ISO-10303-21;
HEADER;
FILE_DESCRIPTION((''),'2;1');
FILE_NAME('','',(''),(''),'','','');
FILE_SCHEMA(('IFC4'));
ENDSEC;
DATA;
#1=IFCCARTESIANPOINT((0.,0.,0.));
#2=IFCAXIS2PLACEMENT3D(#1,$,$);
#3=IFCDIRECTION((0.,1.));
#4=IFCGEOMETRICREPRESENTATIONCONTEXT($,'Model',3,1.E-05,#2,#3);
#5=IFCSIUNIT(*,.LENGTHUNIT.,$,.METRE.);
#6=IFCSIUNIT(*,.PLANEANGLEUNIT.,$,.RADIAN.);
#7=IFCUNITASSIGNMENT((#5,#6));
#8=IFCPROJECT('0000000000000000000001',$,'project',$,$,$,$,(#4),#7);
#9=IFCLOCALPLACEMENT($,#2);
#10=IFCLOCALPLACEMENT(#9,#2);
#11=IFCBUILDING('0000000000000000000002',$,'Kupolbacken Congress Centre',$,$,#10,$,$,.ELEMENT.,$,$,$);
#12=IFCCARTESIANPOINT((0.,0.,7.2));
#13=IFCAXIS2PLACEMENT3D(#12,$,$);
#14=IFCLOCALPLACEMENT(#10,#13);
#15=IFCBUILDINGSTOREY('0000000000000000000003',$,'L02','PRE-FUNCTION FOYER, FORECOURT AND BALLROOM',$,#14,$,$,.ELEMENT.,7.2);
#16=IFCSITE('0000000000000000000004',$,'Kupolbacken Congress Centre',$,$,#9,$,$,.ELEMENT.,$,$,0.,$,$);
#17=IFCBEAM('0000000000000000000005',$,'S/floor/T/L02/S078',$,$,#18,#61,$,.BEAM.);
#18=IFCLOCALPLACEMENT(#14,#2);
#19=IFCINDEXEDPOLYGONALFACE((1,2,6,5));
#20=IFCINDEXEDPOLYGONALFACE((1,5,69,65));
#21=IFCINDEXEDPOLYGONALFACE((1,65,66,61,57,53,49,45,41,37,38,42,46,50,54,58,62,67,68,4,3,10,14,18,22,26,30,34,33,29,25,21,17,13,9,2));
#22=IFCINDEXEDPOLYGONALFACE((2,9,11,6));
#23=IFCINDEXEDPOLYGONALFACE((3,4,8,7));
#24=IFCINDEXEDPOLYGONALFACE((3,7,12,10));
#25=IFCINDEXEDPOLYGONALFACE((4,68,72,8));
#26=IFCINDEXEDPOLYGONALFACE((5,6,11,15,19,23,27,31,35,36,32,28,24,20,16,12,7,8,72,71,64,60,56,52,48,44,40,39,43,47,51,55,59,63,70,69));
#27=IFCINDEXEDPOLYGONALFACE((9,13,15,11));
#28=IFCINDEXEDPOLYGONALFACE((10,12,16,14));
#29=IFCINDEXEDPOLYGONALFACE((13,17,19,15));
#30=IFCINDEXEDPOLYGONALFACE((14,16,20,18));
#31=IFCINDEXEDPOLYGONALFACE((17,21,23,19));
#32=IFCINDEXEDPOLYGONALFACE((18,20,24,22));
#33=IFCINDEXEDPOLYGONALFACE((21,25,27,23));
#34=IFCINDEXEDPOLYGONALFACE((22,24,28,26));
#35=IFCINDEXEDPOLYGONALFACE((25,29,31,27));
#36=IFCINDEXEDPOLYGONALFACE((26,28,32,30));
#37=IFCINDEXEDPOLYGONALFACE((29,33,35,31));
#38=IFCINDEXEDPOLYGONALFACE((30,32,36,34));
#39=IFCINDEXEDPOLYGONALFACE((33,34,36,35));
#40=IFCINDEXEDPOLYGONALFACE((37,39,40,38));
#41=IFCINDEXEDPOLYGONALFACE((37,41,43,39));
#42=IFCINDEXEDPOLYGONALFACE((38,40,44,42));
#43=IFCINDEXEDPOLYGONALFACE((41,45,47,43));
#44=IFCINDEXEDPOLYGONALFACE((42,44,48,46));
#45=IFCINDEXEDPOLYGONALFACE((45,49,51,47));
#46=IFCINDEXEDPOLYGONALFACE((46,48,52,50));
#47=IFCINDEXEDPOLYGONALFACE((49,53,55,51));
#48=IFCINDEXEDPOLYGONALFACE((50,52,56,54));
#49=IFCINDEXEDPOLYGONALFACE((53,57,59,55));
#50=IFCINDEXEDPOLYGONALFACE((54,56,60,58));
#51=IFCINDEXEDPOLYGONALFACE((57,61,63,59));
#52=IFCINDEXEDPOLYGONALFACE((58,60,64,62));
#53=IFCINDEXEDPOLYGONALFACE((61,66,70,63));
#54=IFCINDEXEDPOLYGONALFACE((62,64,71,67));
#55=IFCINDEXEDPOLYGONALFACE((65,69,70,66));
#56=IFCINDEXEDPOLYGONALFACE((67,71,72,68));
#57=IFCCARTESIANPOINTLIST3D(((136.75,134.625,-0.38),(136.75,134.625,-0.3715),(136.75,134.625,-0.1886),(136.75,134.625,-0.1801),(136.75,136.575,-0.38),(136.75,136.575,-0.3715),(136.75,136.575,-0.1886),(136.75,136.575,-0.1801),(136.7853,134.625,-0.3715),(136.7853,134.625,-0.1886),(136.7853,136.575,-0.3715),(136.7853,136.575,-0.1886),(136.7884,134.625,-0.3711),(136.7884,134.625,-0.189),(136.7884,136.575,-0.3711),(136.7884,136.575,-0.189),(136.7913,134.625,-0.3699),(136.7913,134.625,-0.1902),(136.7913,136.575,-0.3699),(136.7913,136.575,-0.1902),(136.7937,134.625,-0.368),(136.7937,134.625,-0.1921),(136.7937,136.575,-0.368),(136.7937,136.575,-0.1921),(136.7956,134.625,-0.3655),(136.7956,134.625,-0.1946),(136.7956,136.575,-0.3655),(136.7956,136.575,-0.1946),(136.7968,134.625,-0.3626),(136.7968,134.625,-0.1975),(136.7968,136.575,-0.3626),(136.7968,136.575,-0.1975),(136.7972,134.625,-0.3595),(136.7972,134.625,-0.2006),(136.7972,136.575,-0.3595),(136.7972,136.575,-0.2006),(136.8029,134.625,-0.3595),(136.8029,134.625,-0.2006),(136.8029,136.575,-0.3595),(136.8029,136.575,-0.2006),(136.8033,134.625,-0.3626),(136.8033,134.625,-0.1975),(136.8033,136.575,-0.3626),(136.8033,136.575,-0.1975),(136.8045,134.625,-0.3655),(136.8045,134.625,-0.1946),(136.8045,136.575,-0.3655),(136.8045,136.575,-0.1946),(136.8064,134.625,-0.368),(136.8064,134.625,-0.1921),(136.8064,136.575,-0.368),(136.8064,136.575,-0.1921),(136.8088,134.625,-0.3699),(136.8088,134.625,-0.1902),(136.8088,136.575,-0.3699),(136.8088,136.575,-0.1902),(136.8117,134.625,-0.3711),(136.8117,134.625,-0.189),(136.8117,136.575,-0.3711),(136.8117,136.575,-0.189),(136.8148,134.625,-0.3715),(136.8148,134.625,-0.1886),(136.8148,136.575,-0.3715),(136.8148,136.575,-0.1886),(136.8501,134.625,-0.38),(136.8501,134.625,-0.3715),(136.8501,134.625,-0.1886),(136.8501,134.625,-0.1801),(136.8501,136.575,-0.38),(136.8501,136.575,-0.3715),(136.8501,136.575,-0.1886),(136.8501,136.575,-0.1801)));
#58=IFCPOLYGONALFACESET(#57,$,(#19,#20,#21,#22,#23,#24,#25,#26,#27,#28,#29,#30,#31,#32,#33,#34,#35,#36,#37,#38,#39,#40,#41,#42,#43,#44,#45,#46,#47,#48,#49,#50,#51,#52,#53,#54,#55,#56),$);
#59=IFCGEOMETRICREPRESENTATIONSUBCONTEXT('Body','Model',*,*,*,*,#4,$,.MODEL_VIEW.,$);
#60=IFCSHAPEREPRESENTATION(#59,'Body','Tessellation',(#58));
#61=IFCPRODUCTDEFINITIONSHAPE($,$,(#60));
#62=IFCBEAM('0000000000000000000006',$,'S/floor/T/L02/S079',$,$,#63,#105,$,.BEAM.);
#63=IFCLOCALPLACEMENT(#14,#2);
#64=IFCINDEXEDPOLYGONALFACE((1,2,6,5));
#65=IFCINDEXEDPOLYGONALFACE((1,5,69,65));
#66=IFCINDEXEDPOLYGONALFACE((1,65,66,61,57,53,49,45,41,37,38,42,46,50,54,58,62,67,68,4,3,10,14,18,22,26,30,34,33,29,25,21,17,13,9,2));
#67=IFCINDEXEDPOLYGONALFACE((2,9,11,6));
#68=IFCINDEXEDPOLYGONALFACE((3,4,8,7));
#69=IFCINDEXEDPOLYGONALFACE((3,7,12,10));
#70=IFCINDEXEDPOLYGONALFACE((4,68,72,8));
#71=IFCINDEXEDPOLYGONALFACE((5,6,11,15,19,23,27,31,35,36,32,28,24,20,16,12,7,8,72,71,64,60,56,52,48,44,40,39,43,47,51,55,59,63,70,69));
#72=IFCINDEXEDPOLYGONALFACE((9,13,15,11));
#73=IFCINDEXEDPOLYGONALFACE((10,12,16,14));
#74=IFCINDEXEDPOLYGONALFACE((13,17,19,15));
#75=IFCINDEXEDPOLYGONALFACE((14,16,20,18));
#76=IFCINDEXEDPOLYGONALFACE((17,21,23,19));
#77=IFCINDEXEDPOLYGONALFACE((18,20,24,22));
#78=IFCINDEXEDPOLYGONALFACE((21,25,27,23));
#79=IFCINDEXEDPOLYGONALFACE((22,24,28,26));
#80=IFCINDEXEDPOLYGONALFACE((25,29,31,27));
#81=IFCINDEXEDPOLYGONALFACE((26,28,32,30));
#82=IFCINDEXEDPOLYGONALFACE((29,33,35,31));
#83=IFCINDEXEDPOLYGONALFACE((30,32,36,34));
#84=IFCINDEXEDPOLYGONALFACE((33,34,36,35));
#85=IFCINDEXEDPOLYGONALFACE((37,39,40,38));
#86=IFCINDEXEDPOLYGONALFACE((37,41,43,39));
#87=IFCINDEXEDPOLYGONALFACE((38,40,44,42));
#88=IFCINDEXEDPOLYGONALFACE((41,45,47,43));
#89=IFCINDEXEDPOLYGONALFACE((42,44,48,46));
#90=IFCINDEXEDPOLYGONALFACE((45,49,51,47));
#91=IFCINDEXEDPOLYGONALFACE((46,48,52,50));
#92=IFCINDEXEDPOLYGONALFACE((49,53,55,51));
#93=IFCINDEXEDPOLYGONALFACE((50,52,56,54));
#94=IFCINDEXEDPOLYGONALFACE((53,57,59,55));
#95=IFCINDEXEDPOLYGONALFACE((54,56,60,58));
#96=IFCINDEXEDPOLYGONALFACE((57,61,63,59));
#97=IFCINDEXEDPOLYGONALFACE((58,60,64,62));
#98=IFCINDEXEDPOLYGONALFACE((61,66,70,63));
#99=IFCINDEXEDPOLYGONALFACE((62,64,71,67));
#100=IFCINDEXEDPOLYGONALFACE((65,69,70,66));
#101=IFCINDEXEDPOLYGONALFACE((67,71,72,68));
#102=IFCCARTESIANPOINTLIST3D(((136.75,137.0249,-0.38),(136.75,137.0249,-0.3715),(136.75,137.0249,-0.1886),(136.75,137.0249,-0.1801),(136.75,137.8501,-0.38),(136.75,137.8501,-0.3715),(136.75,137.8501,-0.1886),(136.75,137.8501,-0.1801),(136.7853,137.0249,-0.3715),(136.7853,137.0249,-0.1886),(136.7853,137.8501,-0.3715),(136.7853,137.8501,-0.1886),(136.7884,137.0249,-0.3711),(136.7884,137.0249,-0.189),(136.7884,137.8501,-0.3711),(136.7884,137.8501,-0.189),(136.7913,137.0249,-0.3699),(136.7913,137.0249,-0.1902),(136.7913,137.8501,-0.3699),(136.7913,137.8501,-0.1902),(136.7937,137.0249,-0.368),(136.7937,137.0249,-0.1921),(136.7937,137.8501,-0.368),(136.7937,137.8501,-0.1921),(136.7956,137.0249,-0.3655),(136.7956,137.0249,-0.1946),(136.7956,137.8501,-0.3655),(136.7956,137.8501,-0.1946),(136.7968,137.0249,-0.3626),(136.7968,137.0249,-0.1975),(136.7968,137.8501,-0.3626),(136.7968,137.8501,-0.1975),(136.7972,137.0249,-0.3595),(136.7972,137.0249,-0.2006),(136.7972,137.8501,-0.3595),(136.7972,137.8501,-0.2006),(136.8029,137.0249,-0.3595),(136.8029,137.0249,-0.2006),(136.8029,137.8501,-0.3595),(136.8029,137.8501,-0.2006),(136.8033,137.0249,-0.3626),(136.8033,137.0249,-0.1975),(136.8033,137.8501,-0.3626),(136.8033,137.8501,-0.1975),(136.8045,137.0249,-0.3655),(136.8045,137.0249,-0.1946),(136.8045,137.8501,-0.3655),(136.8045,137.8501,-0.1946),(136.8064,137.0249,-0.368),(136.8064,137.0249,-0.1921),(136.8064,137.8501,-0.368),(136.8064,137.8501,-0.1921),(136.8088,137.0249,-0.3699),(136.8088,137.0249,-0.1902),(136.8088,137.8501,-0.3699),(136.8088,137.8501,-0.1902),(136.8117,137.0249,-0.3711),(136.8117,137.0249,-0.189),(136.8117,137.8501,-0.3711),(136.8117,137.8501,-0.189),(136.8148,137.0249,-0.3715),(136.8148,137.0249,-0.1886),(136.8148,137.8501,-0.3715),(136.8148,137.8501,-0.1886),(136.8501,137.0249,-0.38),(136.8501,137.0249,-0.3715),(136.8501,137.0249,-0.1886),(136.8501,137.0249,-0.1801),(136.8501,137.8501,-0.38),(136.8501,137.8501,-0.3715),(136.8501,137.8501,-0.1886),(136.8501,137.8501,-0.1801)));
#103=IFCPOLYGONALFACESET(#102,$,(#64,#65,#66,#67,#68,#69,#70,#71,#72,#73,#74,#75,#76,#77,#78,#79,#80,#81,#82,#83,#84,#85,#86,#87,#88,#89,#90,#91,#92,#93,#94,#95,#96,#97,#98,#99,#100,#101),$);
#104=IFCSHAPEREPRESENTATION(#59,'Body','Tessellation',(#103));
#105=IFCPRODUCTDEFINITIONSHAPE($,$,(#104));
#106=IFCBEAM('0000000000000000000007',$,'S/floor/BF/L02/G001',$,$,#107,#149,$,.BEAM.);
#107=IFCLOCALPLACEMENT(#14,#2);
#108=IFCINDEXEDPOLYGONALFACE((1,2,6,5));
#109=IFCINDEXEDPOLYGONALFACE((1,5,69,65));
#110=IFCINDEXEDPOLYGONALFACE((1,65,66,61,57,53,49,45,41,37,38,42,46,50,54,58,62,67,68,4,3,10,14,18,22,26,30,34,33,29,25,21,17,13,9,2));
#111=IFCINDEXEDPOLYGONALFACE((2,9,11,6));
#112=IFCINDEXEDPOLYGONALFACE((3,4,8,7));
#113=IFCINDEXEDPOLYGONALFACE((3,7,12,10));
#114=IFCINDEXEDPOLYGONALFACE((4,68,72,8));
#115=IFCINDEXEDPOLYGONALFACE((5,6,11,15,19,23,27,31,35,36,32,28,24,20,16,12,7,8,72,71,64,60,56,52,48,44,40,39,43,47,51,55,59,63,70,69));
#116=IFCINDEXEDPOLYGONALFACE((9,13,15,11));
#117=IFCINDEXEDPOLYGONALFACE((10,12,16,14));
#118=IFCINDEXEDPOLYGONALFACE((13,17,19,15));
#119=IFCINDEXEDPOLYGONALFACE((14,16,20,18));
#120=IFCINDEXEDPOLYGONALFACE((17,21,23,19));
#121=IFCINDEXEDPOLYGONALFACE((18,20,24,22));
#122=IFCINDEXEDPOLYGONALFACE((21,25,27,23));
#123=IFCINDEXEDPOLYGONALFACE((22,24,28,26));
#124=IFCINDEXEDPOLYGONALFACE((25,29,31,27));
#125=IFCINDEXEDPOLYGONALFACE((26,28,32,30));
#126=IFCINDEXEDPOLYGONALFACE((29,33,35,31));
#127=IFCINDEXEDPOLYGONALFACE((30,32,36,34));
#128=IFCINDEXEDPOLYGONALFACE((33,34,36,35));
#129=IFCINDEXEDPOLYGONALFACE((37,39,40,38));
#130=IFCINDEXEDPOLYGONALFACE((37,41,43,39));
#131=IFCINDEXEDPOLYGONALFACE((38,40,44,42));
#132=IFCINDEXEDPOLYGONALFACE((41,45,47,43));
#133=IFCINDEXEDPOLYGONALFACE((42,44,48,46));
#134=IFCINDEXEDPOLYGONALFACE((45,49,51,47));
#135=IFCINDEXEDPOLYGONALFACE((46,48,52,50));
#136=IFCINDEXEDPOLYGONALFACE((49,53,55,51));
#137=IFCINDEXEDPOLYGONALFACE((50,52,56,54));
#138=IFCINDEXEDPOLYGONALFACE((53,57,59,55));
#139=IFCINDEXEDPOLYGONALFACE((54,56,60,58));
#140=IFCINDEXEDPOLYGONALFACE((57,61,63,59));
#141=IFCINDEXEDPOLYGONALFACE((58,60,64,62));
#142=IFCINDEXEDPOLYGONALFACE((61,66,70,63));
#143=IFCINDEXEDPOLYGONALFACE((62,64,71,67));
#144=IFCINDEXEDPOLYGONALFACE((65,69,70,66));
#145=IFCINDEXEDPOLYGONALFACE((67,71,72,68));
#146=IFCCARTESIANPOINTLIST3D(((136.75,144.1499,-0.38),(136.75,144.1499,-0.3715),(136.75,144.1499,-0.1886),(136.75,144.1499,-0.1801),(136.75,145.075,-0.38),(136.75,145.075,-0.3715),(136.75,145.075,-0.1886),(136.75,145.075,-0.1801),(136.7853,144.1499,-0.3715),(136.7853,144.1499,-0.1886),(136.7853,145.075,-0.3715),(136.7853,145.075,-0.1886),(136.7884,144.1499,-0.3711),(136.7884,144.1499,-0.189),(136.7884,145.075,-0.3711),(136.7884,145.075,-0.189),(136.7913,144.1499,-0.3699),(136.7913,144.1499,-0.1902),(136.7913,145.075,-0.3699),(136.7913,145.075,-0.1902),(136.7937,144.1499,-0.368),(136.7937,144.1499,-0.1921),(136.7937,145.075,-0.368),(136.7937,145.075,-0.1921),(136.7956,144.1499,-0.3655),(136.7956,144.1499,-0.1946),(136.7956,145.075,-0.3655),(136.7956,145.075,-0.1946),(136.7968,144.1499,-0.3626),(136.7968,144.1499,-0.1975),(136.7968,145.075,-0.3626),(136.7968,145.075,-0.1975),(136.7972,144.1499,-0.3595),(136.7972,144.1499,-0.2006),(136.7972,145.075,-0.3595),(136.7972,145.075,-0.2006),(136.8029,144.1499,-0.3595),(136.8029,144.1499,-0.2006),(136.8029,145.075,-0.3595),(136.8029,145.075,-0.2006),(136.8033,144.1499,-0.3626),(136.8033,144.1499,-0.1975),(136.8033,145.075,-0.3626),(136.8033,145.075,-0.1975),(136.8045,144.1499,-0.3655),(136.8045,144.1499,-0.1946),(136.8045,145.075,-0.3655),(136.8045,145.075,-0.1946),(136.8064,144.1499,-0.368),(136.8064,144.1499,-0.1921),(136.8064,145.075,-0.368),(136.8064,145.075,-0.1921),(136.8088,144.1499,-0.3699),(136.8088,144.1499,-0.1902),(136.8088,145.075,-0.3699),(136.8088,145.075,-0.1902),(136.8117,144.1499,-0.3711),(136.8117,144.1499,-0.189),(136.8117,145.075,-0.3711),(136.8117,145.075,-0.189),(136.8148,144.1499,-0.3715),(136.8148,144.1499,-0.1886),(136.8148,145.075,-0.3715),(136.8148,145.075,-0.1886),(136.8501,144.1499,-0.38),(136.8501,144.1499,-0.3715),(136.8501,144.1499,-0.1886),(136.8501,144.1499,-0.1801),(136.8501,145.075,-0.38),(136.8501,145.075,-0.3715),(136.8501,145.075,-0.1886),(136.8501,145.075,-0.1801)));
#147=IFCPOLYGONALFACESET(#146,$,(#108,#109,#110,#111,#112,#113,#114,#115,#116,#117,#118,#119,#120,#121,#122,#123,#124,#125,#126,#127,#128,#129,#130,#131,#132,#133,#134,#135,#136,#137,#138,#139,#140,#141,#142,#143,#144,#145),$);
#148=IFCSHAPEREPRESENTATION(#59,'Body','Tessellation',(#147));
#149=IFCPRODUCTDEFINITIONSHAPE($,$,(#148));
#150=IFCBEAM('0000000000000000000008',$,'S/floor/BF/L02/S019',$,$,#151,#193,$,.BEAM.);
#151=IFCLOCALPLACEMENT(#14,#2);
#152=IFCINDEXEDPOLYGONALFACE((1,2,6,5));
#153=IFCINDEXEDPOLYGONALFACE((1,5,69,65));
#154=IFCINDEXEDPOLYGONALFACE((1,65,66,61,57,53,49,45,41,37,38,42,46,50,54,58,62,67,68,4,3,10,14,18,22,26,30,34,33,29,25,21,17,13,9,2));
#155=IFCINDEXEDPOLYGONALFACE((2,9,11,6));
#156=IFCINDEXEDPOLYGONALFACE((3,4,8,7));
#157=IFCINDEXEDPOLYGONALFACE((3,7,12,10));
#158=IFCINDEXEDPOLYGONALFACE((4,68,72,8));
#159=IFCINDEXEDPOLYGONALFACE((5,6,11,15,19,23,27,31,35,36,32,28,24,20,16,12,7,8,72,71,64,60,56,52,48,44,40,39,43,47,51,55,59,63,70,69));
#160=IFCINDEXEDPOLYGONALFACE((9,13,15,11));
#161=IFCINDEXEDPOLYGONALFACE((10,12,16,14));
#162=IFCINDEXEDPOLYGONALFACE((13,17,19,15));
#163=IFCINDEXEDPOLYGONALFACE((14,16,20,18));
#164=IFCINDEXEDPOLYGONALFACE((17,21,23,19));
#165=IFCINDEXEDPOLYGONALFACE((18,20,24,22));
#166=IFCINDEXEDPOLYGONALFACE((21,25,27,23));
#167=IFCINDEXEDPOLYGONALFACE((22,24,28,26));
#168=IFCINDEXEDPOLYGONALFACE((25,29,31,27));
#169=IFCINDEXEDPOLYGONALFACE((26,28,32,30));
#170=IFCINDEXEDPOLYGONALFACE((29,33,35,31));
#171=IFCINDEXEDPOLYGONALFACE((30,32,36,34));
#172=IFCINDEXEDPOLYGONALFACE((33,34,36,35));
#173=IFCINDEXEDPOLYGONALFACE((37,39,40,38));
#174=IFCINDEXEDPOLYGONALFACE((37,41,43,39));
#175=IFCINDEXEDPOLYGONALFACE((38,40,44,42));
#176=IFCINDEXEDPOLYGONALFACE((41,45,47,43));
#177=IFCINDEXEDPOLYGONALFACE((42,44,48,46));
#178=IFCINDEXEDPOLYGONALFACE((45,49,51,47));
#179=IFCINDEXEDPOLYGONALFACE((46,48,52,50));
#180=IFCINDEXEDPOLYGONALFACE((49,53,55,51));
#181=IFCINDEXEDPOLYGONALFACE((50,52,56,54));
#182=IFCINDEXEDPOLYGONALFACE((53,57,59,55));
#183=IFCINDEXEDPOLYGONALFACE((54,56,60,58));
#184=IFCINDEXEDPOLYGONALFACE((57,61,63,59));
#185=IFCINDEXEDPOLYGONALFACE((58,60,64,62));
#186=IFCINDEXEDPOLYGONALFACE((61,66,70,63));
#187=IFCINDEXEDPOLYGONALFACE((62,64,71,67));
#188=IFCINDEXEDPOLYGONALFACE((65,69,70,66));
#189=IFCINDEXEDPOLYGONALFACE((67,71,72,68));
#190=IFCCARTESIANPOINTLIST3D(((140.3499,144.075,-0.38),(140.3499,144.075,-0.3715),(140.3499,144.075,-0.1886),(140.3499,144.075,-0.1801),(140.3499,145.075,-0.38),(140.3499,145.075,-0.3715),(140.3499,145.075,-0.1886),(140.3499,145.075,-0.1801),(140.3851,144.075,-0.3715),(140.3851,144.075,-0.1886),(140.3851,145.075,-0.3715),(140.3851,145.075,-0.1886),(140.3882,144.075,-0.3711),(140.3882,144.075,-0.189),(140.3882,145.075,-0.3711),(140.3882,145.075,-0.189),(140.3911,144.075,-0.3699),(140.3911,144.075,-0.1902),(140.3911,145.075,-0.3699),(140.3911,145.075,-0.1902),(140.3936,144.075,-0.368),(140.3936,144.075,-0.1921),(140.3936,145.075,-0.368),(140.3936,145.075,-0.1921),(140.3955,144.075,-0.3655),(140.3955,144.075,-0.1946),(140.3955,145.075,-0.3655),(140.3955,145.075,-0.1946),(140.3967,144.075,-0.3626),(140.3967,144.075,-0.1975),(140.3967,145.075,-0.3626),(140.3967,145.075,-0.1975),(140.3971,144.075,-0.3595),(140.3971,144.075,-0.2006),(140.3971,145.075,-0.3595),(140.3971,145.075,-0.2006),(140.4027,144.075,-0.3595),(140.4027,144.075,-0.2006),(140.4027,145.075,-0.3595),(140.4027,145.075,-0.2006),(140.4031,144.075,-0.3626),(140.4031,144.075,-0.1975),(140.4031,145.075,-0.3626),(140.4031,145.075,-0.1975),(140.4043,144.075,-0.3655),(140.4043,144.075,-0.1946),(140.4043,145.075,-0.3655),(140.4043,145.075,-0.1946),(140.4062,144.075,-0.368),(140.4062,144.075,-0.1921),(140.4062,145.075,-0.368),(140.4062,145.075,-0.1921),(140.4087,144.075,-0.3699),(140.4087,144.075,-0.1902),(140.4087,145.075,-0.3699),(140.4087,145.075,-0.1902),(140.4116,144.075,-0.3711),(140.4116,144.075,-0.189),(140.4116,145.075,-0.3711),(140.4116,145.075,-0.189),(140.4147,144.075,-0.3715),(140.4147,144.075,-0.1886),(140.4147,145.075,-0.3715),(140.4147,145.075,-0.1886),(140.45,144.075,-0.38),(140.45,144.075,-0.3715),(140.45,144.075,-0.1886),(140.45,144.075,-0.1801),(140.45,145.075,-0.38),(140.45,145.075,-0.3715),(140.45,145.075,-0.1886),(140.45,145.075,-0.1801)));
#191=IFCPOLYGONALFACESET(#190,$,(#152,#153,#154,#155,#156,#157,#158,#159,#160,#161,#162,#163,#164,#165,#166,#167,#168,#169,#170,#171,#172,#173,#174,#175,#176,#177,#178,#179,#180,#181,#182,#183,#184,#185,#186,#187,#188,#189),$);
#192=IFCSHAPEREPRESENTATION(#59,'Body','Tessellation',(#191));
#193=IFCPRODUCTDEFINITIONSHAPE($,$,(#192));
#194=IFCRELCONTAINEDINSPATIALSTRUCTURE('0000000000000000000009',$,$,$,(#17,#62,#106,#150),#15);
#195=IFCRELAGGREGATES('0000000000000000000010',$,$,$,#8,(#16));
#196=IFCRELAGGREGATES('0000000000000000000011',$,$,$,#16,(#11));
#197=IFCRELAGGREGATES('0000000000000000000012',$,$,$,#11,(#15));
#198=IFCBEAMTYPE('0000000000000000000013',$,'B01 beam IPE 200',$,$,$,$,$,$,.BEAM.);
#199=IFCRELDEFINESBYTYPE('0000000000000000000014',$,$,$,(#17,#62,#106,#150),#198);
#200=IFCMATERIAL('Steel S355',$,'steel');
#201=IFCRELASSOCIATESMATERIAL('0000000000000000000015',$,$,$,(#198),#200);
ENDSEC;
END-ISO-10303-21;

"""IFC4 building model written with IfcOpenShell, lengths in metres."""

from ifc_helpers import new_model, si_unit, direction, frame, origin, origin_2d, place, context, subcontext, project, spatial, i_section, extrude, material, material_profile, profile_set, type_object, element, save


model = new_model("IFC4")

# Units and contexts
model_context = context("Model", 3, precision=1e-05, world=origin(), true_north=direction((0.0, 1.0)))
body_context = subcontext(model_context, "Body", "Model", "MODEL_VIEW")
ifc_project = project(units=[si_unit("LENGTHUNIT", "METRE"), si_unit("PLANEANGLEUNIT", "RADIAN")], contexts=[model_context])

# Site, building, storey
site_placement = place(None, origin())
site = spatial("IfcSite", under=ifc_project, at=site_placement, Name="Kupolbacken Congress Centre", CompositionType="ELEMENT", RefElevation=0.0)
building_placement = place(site_placement, origin())
building = spatial("IfcBuilding", under=site, at=building_placement, Name="Kupolbacken Congress Centre", CompositionType="ELEMENT")
storey_placement = place(building_placement, frame((0.0, 0.0, 7.2)))
storey = spatial("IfcBuildingStorey", under=building, at=storey_placement, Name="L02", Description="PRE-FUNCTION FOYER, FORECOURT AND BALLROOM", CompositionType="ELEMENT", Elevation=7.2)

# Beams
ifc_material_1 = material(Name="Steel S355", Category="steel")
ifc_material_profile_1 = material_profile(ifc_material_1, i_section(OverallWidth=0.1001, OverallDepth=0.2, WebThickness=0.0056, FlangeThickness=0.0085, FilletRadius=0.012, at=origin_2d()), Name="IPE 200")
ifc_profile_set_1 = profile_set([ifc_material_profile_1], Name="Steel S355")
beam_type_1 = type_object("IfcBeamType", Name="B01 beam IPE 200", PredefinedType="BEAM", material=ifc_profile_set_1)
beam_1_placement = place(storey_placement, frame((136.8, 134.625, -0.28), z_axis=(0.0, 1.0, 0.0), x_axis=(-1.0, 0.0, 0.0)))
element("IfcBeam", 1, at=beam_1_placement, inside=storey, type_object=beam_type_1, Name="S/floor/T/L02/S078", PredefinedType="BEAM", context=body_context, shape_type="SweptSolid", body=[
    extrude(i_section(OverallWidth=0.1001, OverallDepth=0.2, WebThickness=0.0056, FlangeThickness=0.0085, FilletRadius=0.012, at=origin_2d()), origin(), (0.0, 0.0, 1.0), 1.95),
])
beam_2_placement = place(storey_placement, frame((136.8, 137.0249, -0.28), z_axis=(0.0, 1.0, 0.0), x_axis=(-1.0, 0.0, 0.0)))
element("IfcBeam", 2, at=beam_2_placement, inside=storey, type_object=beam_type_1, Name="S/floor/T/L02/S079", PredefinedType="BEAM", context=body_context, shape_type="SweptSolid", body=[
    extrude(i_section(OverallWidth=0.1001, OverallDepth=0.2, WebThickness=0.0056, FlangeThickness=0.0085, FilletRadius=0.012, at=origin_2d()), origin(), (0.0, 0.0, 1.0), 0.8252),
])
beam_3_placement = place(storey_placement, frame((136.8, 144.1499, -0.28), z_axis=(0.0, 1.0, 0.0), x_axis=(-1.0, 0.0, 0.0)))
element("IfcBeam", 3, at=beam_3_placement, inside=storey, type_object=beam_type_1, Name="S/floor/BF/L02/G001", PredefinedType="BEAM", context=body_context, shape_type="SweptSolid", body=[
    extrude(i_section(OverallWidth=0.1001, OverallDepth=0.2, WebThickness=0.0056, FlangeThickness=0.0085, FilletRadius=0.012, at=origin_2d()), origin(), (0.0, 0.0, 1.0), 0.925),
])
beam_4_placement = place(storey_placement, frame((140.3999, 144.075, -0.28), z_axis=(0.0, 1.0, 0.0), x_axis=(-1.0, 0.0, 0.0)))
element("IfcBeam", 4, at=beam_4_placement, inside=storey, type_object=beam_type_1, Name="S/floor/BF/L02/S019", PredefinedType="BEAM", context=body_context, shape_type="SweptSolid", body=[
    extrude(i_section(OverallWidth=0.1001, OverallDepth=0.2, WebThickness=0.0056, FlangeThickness=0.0085, FilletRadius=0.012, at=origin_2d()), origin(), (0.0, 0.0, 1.0), 1.0),
])

save(model, "model.ifc")
